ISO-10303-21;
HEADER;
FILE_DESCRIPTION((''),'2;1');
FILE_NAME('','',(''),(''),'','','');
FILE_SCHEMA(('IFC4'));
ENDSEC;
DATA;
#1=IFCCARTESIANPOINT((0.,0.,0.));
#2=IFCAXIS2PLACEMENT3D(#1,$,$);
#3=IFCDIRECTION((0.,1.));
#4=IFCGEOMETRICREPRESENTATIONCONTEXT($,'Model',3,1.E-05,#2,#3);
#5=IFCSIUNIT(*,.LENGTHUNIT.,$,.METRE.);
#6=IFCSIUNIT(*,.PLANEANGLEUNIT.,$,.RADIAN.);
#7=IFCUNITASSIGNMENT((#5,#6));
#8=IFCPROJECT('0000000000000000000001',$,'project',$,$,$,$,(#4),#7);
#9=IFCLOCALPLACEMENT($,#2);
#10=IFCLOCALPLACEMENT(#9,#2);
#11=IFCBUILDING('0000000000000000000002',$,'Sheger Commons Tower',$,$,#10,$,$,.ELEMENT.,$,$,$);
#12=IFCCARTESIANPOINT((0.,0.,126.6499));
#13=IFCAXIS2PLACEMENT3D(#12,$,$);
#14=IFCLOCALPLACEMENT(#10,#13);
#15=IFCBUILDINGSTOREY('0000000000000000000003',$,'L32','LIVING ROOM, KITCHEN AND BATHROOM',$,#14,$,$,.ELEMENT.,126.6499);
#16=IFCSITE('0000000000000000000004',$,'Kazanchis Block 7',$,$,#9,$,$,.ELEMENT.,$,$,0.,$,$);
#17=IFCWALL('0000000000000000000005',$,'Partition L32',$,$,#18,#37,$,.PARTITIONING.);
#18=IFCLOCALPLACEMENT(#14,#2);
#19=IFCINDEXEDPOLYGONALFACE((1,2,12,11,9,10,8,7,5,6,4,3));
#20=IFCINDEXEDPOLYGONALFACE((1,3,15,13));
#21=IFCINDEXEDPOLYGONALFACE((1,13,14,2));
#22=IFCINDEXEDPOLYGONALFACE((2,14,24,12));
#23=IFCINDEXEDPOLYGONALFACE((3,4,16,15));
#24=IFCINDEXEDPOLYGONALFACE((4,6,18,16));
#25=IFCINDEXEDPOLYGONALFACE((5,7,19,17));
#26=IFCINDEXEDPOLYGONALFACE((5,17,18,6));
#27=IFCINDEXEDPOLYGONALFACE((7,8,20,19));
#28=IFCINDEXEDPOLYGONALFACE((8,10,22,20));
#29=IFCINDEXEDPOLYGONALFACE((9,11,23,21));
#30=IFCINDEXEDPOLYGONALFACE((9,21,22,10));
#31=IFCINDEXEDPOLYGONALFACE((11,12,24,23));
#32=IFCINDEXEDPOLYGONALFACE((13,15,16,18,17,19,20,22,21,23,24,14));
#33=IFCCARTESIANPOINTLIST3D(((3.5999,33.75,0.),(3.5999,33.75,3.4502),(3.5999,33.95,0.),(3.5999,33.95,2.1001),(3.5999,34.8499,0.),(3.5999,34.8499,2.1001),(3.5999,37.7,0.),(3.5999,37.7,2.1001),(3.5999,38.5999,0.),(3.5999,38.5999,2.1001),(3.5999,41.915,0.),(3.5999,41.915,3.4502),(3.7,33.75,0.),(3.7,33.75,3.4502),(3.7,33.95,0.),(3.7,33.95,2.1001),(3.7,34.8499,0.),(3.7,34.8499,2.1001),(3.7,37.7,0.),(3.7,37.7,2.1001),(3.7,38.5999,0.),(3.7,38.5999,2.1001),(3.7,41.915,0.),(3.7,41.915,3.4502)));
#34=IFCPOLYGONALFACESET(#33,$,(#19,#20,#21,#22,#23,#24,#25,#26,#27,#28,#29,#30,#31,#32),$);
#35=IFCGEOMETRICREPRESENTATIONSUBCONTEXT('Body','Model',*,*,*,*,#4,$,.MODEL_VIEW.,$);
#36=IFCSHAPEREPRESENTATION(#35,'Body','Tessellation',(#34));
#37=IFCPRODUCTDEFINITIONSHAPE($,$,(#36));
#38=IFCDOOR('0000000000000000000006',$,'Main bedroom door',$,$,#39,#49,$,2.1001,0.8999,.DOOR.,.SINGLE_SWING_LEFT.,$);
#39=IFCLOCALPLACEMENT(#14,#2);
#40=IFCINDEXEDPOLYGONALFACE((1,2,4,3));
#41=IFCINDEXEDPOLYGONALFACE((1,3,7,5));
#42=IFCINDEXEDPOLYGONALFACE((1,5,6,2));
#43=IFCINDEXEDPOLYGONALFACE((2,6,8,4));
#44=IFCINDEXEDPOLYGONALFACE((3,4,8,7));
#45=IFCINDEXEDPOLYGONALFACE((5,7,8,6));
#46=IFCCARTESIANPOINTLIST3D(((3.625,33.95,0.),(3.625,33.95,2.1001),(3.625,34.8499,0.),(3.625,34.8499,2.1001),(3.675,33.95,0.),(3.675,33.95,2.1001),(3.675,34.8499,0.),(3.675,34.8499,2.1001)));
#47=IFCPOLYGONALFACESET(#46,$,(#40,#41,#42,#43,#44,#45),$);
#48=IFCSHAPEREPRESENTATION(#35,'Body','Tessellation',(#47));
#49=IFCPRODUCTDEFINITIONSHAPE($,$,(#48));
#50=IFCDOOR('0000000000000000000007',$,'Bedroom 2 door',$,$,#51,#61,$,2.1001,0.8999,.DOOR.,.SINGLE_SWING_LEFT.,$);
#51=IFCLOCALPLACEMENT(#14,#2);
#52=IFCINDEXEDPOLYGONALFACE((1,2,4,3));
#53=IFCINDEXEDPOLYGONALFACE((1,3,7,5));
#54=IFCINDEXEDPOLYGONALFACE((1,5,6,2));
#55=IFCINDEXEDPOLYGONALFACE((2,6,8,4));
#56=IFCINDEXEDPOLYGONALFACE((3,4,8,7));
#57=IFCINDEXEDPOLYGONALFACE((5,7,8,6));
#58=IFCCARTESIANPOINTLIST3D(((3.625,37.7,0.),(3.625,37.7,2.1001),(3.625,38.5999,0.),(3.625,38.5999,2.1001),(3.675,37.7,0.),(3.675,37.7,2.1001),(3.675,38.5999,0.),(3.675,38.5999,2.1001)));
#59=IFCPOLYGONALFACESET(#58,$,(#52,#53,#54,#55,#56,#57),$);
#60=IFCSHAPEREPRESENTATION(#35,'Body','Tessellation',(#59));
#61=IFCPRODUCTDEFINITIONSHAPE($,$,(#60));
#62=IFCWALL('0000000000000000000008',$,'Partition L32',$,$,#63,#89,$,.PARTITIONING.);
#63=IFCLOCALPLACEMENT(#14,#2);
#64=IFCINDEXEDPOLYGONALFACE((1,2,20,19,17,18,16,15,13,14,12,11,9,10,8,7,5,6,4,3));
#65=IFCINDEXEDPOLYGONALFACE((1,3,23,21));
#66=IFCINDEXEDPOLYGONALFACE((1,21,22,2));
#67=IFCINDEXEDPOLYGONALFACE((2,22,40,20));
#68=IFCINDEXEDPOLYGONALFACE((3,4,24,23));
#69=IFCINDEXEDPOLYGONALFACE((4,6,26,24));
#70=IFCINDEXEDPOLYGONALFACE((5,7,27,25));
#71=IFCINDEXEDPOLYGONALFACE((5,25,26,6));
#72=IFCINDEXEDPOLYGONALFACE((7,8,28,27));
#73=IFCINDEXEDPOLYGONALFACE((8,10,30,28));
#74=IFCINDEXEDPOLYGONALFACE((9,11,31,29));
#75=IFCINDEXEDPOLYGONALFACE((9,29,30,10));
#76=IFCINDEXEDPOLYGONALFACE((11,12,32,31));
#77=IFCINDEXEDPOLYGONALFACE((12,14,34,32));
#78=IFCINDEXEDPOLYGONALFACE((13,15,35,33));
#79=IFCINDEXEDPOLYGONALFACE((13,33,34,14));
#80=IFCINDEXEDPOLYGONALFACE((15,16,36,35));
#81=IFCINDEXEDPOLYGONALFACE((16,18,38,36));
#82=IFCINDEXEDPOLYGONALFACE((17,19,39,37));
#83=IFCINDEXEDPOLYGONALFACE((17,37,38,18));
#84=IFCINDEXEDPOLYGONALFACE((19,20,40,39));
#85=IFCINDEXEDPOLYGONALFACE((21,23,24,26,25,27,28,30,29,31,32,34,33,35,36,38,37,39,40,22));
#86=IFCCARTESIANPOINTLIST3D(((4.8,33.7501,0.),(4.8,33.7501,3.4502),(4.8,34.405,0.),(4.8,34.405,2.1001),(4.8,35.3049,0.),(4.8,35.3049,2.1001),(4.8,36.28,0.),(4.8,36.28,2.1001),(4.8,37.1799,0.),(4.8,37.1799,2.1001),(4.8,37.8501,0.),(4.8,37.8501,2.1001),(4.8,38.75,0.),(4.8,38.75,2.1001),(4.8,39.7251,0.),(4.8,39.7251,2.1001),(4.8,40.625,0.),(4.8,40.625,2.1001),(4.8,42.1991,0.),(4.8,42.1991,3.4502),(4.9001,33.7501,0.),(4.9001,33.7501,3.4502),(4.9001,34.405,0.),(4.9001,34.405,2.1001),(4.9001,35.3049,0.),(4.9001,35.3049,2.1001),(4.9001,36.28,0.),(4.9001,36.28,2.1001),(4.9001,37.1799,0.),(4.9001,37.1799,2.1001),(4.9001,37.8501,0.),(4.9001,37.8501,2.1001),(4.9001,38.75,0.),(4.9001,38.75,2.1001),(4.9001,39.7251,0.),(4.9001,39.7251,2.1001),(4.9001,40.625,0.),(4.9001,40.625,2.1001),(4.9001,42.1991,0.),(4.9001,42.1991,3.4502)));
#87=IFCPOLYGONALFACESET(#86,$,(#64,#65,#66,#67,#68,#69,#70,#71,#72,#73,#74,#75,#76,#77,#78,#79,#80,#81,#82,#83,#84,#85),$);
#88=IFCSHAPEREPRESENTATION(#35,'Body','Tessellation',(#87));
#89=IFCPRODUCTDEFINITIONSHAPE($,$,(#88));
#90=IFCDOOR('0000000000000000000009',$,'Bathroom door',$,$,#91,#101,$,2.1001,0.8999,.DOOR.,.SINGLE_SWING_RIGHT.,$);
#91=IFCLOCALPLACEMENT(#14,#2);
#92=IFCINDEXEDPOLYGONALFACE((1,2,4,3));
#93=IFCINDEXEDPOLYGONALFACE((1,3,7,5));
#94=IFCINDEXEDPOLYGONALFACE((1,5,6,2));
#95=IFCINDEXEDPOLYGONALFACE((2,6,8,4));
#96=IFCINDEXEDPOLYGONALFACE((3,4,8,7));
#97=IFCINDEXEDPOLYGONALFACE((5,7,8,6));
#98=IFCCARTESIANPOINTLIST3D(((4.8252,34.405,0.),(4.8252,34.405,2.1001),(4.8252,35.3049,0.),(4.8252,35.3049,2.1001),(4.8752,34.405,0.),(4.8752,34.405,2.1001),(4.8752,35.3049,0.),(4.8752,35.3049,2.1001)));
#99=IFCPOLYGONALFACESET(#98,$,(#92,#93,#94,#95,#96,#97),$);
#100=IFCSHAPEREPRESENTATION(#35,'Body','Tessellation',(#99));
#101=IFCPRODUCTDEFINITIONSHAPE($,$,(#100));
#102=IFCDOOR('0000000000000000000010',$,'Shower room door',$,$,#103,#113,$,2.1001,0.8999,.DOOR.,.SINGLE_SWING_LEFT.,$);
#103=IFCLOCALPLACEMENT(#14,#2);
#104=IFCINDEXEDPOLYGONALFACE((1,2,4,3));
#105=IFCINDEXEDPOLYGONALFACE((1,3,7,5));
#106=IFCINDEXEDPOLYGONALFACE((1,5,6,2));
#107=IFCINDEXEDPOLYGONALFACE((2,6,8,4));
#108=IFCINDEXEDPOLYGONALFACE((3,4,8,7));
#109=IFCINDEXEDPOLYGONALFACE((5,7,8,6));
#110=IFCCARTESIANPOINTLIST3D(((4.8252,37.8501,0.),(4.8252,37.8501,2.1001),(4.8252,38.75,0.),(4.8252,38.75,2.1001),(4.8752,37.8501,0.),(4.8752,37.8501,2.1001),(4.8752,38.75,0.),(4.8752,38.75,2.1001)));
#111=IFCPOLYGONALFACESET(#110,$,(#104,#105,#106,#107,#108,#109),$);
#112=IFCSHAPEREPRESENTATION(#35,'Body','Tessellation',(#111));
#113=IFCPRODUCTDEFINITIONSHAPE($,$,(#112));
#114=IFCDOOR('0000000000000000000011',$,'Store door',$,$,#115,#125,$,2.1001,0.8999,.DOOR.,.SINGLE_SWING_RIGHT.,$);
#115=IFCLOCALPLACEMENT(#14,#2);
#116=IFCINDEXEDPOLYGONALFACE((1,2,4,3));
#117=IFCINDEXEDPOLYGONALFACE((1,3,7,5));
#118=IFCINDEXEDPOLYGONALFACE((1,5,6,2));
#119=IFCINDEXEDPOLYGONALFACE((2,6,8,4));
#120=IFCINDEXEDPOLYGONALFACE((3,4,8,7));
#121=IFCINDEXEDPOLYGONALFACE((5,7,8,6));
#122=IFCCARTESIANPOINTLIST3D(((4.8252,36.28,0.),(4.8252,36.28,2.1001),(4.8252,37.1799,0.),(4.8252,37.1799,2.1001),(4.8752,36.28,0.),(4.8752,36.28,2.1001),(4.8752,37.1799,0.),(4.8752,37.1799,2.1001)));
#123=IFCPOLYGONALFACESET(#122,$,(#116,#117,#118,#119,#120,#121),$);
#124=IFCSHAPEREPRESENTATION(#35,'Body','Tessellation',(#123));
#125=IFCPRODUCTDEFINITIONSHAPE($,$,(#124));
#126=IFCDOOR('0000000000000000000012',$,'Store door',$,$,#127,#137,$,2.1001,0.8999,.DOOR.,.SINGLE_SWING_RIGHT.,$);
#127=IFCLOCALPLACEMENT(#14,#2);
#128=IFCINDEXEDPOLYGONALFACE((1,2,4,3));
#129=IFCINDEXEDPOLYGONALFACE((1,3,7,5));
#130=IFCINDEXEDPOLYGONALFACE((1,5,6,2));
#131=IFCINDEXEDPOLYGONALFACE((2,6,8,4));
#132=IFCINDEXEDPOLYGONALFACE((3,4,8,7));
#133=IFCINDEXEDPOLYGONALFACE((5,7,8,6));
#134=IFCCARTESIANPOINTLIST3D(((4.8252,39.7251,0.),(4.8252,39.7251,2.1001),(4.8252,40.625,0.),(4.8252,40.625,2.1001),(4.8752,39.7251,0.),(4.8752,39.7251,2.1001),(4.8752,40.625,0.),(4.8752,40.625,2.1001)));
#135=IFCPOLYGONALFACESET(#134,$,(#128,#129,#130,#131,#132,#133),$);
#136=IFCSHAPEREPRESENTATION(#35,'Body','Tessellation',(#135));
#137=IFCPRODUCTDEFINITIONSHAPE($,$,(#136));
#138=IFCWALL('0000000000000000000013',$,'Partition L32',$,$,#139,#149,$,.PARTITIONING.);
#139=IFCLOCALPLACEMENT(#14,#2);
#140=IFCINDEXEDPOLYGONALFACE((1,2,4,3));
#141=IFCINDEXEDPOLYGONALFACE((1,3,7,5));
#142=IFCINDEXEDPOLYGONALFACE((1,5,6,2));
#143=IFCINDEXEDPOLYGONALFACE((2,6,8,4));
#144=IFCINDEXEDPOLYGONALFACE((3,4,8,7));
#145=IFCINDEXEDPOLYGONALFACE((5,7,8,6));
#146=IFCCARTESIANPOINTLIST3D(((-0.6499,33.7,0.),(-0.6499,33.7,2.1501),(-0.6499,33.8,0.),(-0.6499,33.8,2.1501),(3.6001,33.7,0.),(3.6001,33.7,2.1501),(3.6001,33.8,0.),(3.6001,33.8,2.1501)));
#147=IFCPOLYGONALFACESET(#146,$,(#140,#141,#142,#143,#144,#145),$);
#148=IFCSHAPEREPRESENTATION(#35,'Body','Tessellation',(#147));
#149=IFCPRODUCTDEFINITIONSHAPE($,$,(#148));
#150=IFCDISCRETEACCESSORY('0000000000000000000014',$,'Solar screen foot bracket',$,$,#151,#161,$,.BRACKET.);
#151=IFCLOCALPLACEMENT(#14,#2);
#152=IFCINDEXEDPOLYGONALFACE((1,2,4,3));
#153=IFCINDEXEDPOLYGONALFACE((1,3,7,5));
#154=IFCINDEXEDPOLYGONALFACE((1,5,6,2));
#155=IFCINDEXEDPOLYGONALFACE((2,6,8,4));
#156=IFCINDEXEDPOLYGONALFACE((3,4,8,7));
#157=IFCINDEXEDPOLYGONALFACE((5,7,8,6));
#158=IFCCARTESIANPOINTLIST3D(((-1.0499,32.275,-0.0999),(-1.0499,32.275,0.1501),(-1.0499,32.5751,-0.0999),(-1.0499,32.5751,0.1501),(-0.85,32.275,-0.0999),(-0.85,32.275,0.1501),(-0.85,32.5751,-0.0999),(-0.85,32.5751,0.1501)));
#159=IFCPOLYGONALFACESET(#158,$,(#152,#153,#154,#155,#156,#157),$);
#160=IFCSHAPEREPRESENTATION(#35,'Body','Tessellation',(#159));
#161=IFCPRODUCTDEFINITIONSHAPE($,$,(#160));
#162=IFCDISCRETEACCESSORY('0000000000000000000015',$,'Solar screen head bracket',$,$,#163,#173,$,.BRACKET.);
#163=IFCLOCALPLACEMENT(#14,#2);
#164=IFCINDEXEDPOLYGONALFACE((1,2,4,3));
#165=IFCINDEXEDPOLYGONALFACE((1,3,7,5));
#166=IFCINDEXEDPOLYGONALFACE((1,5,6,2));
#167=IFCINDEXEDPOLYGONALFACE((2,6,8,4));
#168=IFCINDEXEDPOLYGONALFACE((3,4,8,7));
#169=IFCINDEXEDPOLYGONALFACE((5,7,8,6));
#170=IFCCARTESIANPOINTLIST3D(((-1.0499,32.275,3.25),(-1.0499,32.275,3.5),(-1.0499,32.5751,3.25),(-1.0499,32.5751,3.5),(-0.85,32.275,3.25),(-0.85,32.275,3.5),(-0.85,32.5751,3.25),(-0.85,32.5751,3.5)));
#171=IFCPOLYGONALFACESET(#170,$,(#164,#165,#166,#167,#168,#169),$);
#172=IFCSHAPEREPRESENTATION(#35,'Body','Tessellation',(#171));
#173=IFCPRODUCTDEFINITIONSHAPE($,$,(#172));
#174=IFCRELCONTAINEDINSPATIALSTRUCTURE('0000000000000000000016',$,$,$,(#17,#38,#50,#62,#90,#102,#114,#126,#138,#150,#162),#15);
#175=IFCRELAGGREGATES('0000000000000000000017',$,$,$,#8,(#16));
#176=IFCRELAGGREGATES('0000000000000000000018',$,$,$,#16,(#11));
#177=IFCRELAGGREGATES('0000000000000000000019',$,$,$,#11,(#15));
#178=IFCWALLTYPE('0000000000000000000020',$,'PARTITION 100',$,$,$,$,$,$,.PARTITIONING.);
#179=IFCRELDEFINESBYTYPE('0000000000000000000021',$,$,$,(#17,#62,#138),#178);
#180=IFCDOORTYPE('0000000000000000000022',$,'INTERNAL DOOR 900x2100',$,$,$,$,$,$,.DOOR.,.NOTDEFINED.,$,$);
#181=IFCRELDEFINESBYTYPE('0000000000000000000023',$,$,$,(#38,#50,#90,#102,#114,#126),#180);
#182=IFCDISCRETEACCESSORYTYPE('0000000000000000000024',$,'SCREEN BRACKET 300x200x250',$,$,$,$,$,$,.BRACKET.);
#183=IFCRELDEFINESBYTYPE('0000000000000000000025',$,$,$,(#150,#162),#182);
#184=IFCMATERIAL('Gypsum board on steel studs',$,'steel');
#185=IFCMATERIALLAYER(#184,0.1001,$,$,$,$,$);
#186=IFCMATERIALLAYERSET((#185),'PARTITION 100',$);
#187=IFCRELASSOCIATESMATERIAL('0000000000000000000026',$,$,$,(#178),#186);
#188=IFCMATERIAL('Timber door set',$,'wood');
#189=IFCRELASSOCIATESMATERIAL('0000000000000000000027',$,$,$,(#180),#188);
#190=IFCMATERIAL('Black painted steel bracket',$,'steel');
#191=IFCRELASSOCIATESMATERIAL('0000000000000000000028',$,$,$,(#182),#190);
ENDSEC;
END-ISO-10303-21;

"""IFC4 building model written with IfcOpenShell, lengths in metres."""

from ifc_helpers import new_model, si_unit, direction, frame, frame_2d, origin, origin_2d, place, context, subcontext, project, spatial, rectangle, extrude, material, layer, layer_set, type_object, element, fill, save


model = new_model("IFC4")

# Units and contexts
model_context = context("Model", 3, precision=1e-05, world=origin(), true_north=direction((0.0, 1.0)))
body_context = subcontext(model_context, "Body", "Model", "MODEL_VIEW")
ifc_project = project(units=[si_unit("LENGTHUNIT", "METRE"), si_unit("PLANEANGLEUNIT", "RADIAN")], contexts=[model_context])

# Site, building, storey
site_placement = place(None, origin())
site = spatial("IfcSite", under=ifc_project, at=site_placement, Name="Kazanchis Block 7", CompositionType="ELEMENT", RefElevation=0.0)
building_placement = place(site_placement, origin())
building = spatial("IfcBuilding", under=site, at=building_placement, Name="Sheger Commons Tower", CompositionType="ELEMENT")
storey_placement = place(building_placement, frame((0.0, 0.0, 126.6499)))
storey = spatial("IfcBuildingStorey", under=building, at=storey_placement, Name="L32", Description="LIVING ROOM, KITCHEN AND BATHROOM", CompositionType="ELEMENT", Elevation=126.6499)

# Walls, openings, doors
ifc_material_1 = material(Name="Gypsum board on steel studs", Category="steel")
ifc_layer_1 = layer(ifc_material_1, 0.1001)
ifc_layer_set_1 = layer_set([ifc_layer_1], Name="PARTITION 100")
wall_type_1 = type_object("IfcWallType", Name="PARTITION 100", PredefinedType="PARTITIONING", material=ifc_layer_set_1)
ifc_material_2 = material(Name="Timber door set", Category="wood")
door_type = type_object("IfcDoorType", Name="INTERNAL DOOR 900x2100", OperationType="NOTDEFINED", PredefinedType="DOOR", material=ifc_material_2)
wall_1_placement = place(storey_placement, frame((3.6499, 33.75, 0.0), z_axis=(0.0, 0.0, 1.0), x_axis=(0.0, 1.0, 0.0)))
wall_1 = element("IfcWall", 1, at=wall_1_placement, inside=storey, type_object=wall_type_1, Name="Partition L32", PredefinedType="PARTITIONING", context=body_context, shape_type="SweptSolid", body=[
    extrude(rectangle(XDim=8.165, YDim=0.1001, at=frame_2d((4.0825, 0.0))), origin(), (0.0, 0.0, 1.0), 3.4502),
])
opening_1_placement = place(wall_1_placement, frame((0.2, 0.0, 0.0)))
opening_1 = element("IfcOpeningElement", 2, at=opening_1_placement, cuts=wall_1, PredefinedType="OPENING", context=body_context, shape_type="SweptSolid", body=[
    extrude(rectangle(XDim=0.8999, YDim=2.1001, at=frame_2d((0.45, 1.05))), frame((0.0, 0.0601, 0.0), z_axis=(0.0, -1.0, 0.0), x_axis=(1.0, 0.0, 0.0)), (0.0, 0.0, 1.0), 0.1201),
])
opening_2_placement = place(wall_1_placement, frame((3.95, 0.0, 0.0)))
opening_2 = element("IfcOpeningElement", 3, at=opening_2_placement, cuts=wall_1, PredefinedType="OPENING", context=body_context, shape_type="SweptSolid", body=[
    extrude(rectangle(XDim=0.8999, YDim=2.1001, at=frame_2d((0.45, 1.05))), frame((0.0, 0.0601, 0.0), z_axis=(0.0, -1.0, 0.0), x_axis=(1.0, 0.0, 0.0)), (0.0, 0.0, 1.0), 0.1201),
])
door_1_placement = place(opening_1_placement, origin())
door_1 = element("IfcDoor", 4, at=door_1_placement, inside=storey, type_object=door_type, Name="Main bedroom door", OperationType="SINGLE_SWING_LEFT", OverallHeight=2.1001, OverallWidth=0.8999, PredefinedType="DOOR", context=body_context, shape_type="SweptSolid", body=[
    extrude(rectangle(XDim=0.8999, YDim=2.1001, at=frame_2d((0.45, 1.05))), frame((0.0, 0.0249, 0.0), z_axis=(0.0, -1.0, 0.0), x_axis=(1.0, 0.0, 0.0)), (0.0, 0.0, 1.0), 0.05),
])
fill(opening_1, door_1)
door_2_placement = place(opening_2_placement, origin())
door_2 = element("IfcDoor", 5, at=door_2_placement, inside=storey, type_object=door_type, Name="Bedroom 2 door", OperationType="SINGLE_SWING_LEFT", OverallHeight=2.1001, OverallWidth=0.8999, PredefinedType="DOOR", context=body_context, shape_type="SweptSolid", body=[
    extrude(rectangle(XDim=0.8999, YDim=2.1001, at=frame_2d((0.45, 1.05))), frame((0.0, 0.0249, 0.0), z_axis=(0.0, -1.0, 0.0), x_axis=(1.0, 0.0, 0.0)), (0.0, 0.0, 1.0), 0.05),
])
fill(opening_2, door_2)
wall_2_placement = place(storey_placement, frame((4.8501, 33.75, 0.0), z_axis=(0.0, 0.0, 1.0), x_axis=(0.0, 1.0, 0.0)))
wall_2 = element("IfcWall", 6, at=wall_2_placement, inside=storey, type_object=wall_type_1, Name="Partition L32", PredefinedType="PARTITIONING", context=body_context, shape_type="SweptSolid", body=[
    extrude(rectangle(XDim=8.449, YDim=0.1001, at=frame_2d((4.2246, 0.0))), origin(), (0.0, 0.0, 1.0), 3.4502),
])
opening_3_placement = place(wall_2_placement, frame((0.655, 0.0, 0.0)))
opening_3 = element("IfcOpeningElement", 7, at=opening_3_placement, cuts=wall_2, PredefinedType="OPENING", context=body_context, shape_type="SweptSolid", body=[
    extrude(rectangle(XDim=0.8999, YDim=2.1001, at=frame_2d((0.45, 1.05))), frame((0.0, 0.0601, 0.0), z_axis=(0.0, -1.0, 0.0), x_axis=(1.0, 0.0, 0.0)), (0.0, 0.0, 1.0), 0.1201),
])
opening_4_placement = place(wall_2_placement, frame((4.1001, 0.0, 0.0)))
opening_4 = element("IfcOpeningElement", 8, at=opening_4_placement, cuts=wall_2, PredefinedType="OPENING", context=body_context, shape_type="SweptSolid", body=[
    extrude(rectangle(XDim=0.8999, YDim=2.1001, at=frame_2d((0.45, 1.05))), frame((0.0, 0.0601, 0.0), z_axis=(0.0, -1.0, 0.0), x_axis=(1.0, 0.0, 0.0)), (0.0, 0.0, 1.0), 0.1201),
])
opening_5_placement = place(wall_2_placement, frame((2.53, 0.0, 0.0)))
opening_5 = element("IfcOpeningElement", 9, at=opening_5_placement, cuts=wall_2, PredefinedType="OPENING", context=body_context, shape_type="SweptSolid", body=[
    extrude(rectangle(XDim=0.8999, YDim=2.1001, at=frame_2d((0.45, 1.05))), frame((0.0, 0.0601, 0.0), z_axis=(0.0, -1.0, 0.0), x_axis=(1.0, 0.0, 0.0)), (0.0, 0.0, 1.0), 0.1201),
])
opening_6_placement = place(wall_2_placement, frame((5.9751, 0.0, 0.0)))
opening_6 = element("IfcOpeningElement", 10, at=opening_6_placement, cuts=wall_2, PredefinedType="OPENING", context=body_context, shape_type="SweptSolid", body=[
    extrude(rectangle(XDim=0.8999, YDim=2.1001, at=frame_2d((0.45, 1.05))), frame((0.0, 0.0601, 0.0), z_axis=(0.0, -1.0, 0.0), x_axis=(1.0, 0.0, 0.0)), (0.0, 0.0, 1.0), 0.1201),
])
door_3_placement = place(opening_3_placement, origin())
door_3 = element("IfcDoor", 11, at=door_3_placement, inside=storey, type_object=door_type, Name="Bathroom door", OperationType="SINGLE_SWING_RIGHT", OverallHeight=2.1001, OverallWidth=0.8999, PredefinedType="DOOR", context=body_context, shape_type="SweptSolid", body=[
    extrude(rectangle(XDim=0.8999, YDim=2.1001, at=frame_2d((0.45, 1.05))), frame((0.0, 0.0249, 0.0), z_axis=(0.0, -1.0, 0.0), x_axis=(1.0, 0.0, 0.0)), (0.0, 0.0, 1.0), 0.05),
])
fill(opening_3, door_3)
door_4_placement = place(opening_4_placement, origin())
door_4 = element("IfcDoor", 12, at=door_4_placement, inside=storey, type_object=door_type, Name="Shower room door", OperationType="SINGLE_SWING_LEFT", OverallHeight=2.1001, OverallWidth=0.8999, PredefinedType="DOOR", context=body_context, shape_type="SweptSolid", body=[
    extrude(rectangle(XDim=0.8999, YDim=2.1001, at=frame_2d((0.45, 1.05))), frame((0.0, 0.0249, 0.0), z_axis=(0.0, -1.0, 0.0), x_axis=(1.0, 0.0, 0.0)), (0.0, 0.0, 1.0), 0.05),
])
fill(opening_4, door_4)
door_5_placement = place(opening_5_placement, origin())
door_5 = element("IfcDoor", 13, at=door_5_placement, inside=storey, type_object=door_type, Name="Store door", OperationType="SINGLE_SWING_RIGHT", OverallHeight=2.1001, OverallWidth=0.8999, PredefinedType="DOOR", context=body_context, shape_type="SweptSolid", body=[
    extrude(rectangle(XDim=0.8999, YDim=2.1001, at=frame_2d((0.45, 1.05))), frame((0.0, 0.0249, 0.0), z_axis=(0.0, -1.0, 0.0), x_axis=(1.0, 0.0, 0.0)), (0.0, 0.0, 1.0), 0.05),
])
fill(opening_5, door_5)
door_6_placement = place(opening_6_placement, origin())
door_6 = element("IfcDoor", 14, at=door_6_placement, inside=storey, type_object=door_type, Name="Store door", OperationType="SINGLE_SWING_RIGHT", OverallHeight=2.1001, OverallWidth=0.8999, PredefinedType="DOOR", context=body_context, shape_type="SweptSolid", body=[
    extrude(rectangle(XDim=0.8999, YDim=2.1001, at=frame_2d((0.45, 1.05))), frame((0.0, 0.0249, 0.0), z_axis=(0.0, -1.0, 0.0), x_axis=(1.0, 0.0, 0.0)), (0.0, 0.0, 1.0), 0.05),
])
fill(opening_6, door_6)

# Wall
wall_3_placement = place(storey_placement, frame((-0.6499, 33.75, 0.0), z_axis=(0.0, 0.0, 1.0), x_axis=(1.0, 0.0, 0.0)))
element("IfcWall", 15, at=wall_3_placement, inside=storey, type_object=wall_type_1, Name="Partition L32", PredefinedType="PARTITIONING", context=body_context, shape_type="SweptSolid", body=[
    extrude(rectangle(XDim=4.25, YDim=0.1001, at=frame_2d((2.125, 0.0))), origin(), (0.0, 0.0, 1.0), 2.1501),
])

# Discrete accessories
ifc_material_3 = material(Name="Black painted steel bracket", Category="steel")
discrete_accessory_type = type_object("IfcDiscreteAccessoryType", Name="SCREEN BRACKET 300x200x250", PredefinedType="BRACKET", material=ifc_material_3)
for number, where, z_axis, x_axis, name in (
    (16, (-0.95, 32.425, -0.0999), (0.0, 0.0, 1.0), (0.0, -1.0, 0.0), "Solar screen foot bracket"),
    (17, (-0.95, 32.425, 3.25), (0.0, 0.0, 1.0), (0.0, -1.0, 0.0), "Solar screen head bracket"),
):
    element("IfcDiscreteAccessory", number, at=place(storey_placement, frame(where, z_axis=z_axis, x_axis=x_axis)), inside=storey, type_object=discrete_accessory_type, Name=name, PredefinedType="BRACKET", context=body_context, shape_type="SweptSolid", body=[
        extrude(rectangle(XDim=0.3, YDim=0.2, at=origin_2d()), origin(), (0.0, 0.0, 1.0), 0.25),
    ])

save(model, "model.ifc")
